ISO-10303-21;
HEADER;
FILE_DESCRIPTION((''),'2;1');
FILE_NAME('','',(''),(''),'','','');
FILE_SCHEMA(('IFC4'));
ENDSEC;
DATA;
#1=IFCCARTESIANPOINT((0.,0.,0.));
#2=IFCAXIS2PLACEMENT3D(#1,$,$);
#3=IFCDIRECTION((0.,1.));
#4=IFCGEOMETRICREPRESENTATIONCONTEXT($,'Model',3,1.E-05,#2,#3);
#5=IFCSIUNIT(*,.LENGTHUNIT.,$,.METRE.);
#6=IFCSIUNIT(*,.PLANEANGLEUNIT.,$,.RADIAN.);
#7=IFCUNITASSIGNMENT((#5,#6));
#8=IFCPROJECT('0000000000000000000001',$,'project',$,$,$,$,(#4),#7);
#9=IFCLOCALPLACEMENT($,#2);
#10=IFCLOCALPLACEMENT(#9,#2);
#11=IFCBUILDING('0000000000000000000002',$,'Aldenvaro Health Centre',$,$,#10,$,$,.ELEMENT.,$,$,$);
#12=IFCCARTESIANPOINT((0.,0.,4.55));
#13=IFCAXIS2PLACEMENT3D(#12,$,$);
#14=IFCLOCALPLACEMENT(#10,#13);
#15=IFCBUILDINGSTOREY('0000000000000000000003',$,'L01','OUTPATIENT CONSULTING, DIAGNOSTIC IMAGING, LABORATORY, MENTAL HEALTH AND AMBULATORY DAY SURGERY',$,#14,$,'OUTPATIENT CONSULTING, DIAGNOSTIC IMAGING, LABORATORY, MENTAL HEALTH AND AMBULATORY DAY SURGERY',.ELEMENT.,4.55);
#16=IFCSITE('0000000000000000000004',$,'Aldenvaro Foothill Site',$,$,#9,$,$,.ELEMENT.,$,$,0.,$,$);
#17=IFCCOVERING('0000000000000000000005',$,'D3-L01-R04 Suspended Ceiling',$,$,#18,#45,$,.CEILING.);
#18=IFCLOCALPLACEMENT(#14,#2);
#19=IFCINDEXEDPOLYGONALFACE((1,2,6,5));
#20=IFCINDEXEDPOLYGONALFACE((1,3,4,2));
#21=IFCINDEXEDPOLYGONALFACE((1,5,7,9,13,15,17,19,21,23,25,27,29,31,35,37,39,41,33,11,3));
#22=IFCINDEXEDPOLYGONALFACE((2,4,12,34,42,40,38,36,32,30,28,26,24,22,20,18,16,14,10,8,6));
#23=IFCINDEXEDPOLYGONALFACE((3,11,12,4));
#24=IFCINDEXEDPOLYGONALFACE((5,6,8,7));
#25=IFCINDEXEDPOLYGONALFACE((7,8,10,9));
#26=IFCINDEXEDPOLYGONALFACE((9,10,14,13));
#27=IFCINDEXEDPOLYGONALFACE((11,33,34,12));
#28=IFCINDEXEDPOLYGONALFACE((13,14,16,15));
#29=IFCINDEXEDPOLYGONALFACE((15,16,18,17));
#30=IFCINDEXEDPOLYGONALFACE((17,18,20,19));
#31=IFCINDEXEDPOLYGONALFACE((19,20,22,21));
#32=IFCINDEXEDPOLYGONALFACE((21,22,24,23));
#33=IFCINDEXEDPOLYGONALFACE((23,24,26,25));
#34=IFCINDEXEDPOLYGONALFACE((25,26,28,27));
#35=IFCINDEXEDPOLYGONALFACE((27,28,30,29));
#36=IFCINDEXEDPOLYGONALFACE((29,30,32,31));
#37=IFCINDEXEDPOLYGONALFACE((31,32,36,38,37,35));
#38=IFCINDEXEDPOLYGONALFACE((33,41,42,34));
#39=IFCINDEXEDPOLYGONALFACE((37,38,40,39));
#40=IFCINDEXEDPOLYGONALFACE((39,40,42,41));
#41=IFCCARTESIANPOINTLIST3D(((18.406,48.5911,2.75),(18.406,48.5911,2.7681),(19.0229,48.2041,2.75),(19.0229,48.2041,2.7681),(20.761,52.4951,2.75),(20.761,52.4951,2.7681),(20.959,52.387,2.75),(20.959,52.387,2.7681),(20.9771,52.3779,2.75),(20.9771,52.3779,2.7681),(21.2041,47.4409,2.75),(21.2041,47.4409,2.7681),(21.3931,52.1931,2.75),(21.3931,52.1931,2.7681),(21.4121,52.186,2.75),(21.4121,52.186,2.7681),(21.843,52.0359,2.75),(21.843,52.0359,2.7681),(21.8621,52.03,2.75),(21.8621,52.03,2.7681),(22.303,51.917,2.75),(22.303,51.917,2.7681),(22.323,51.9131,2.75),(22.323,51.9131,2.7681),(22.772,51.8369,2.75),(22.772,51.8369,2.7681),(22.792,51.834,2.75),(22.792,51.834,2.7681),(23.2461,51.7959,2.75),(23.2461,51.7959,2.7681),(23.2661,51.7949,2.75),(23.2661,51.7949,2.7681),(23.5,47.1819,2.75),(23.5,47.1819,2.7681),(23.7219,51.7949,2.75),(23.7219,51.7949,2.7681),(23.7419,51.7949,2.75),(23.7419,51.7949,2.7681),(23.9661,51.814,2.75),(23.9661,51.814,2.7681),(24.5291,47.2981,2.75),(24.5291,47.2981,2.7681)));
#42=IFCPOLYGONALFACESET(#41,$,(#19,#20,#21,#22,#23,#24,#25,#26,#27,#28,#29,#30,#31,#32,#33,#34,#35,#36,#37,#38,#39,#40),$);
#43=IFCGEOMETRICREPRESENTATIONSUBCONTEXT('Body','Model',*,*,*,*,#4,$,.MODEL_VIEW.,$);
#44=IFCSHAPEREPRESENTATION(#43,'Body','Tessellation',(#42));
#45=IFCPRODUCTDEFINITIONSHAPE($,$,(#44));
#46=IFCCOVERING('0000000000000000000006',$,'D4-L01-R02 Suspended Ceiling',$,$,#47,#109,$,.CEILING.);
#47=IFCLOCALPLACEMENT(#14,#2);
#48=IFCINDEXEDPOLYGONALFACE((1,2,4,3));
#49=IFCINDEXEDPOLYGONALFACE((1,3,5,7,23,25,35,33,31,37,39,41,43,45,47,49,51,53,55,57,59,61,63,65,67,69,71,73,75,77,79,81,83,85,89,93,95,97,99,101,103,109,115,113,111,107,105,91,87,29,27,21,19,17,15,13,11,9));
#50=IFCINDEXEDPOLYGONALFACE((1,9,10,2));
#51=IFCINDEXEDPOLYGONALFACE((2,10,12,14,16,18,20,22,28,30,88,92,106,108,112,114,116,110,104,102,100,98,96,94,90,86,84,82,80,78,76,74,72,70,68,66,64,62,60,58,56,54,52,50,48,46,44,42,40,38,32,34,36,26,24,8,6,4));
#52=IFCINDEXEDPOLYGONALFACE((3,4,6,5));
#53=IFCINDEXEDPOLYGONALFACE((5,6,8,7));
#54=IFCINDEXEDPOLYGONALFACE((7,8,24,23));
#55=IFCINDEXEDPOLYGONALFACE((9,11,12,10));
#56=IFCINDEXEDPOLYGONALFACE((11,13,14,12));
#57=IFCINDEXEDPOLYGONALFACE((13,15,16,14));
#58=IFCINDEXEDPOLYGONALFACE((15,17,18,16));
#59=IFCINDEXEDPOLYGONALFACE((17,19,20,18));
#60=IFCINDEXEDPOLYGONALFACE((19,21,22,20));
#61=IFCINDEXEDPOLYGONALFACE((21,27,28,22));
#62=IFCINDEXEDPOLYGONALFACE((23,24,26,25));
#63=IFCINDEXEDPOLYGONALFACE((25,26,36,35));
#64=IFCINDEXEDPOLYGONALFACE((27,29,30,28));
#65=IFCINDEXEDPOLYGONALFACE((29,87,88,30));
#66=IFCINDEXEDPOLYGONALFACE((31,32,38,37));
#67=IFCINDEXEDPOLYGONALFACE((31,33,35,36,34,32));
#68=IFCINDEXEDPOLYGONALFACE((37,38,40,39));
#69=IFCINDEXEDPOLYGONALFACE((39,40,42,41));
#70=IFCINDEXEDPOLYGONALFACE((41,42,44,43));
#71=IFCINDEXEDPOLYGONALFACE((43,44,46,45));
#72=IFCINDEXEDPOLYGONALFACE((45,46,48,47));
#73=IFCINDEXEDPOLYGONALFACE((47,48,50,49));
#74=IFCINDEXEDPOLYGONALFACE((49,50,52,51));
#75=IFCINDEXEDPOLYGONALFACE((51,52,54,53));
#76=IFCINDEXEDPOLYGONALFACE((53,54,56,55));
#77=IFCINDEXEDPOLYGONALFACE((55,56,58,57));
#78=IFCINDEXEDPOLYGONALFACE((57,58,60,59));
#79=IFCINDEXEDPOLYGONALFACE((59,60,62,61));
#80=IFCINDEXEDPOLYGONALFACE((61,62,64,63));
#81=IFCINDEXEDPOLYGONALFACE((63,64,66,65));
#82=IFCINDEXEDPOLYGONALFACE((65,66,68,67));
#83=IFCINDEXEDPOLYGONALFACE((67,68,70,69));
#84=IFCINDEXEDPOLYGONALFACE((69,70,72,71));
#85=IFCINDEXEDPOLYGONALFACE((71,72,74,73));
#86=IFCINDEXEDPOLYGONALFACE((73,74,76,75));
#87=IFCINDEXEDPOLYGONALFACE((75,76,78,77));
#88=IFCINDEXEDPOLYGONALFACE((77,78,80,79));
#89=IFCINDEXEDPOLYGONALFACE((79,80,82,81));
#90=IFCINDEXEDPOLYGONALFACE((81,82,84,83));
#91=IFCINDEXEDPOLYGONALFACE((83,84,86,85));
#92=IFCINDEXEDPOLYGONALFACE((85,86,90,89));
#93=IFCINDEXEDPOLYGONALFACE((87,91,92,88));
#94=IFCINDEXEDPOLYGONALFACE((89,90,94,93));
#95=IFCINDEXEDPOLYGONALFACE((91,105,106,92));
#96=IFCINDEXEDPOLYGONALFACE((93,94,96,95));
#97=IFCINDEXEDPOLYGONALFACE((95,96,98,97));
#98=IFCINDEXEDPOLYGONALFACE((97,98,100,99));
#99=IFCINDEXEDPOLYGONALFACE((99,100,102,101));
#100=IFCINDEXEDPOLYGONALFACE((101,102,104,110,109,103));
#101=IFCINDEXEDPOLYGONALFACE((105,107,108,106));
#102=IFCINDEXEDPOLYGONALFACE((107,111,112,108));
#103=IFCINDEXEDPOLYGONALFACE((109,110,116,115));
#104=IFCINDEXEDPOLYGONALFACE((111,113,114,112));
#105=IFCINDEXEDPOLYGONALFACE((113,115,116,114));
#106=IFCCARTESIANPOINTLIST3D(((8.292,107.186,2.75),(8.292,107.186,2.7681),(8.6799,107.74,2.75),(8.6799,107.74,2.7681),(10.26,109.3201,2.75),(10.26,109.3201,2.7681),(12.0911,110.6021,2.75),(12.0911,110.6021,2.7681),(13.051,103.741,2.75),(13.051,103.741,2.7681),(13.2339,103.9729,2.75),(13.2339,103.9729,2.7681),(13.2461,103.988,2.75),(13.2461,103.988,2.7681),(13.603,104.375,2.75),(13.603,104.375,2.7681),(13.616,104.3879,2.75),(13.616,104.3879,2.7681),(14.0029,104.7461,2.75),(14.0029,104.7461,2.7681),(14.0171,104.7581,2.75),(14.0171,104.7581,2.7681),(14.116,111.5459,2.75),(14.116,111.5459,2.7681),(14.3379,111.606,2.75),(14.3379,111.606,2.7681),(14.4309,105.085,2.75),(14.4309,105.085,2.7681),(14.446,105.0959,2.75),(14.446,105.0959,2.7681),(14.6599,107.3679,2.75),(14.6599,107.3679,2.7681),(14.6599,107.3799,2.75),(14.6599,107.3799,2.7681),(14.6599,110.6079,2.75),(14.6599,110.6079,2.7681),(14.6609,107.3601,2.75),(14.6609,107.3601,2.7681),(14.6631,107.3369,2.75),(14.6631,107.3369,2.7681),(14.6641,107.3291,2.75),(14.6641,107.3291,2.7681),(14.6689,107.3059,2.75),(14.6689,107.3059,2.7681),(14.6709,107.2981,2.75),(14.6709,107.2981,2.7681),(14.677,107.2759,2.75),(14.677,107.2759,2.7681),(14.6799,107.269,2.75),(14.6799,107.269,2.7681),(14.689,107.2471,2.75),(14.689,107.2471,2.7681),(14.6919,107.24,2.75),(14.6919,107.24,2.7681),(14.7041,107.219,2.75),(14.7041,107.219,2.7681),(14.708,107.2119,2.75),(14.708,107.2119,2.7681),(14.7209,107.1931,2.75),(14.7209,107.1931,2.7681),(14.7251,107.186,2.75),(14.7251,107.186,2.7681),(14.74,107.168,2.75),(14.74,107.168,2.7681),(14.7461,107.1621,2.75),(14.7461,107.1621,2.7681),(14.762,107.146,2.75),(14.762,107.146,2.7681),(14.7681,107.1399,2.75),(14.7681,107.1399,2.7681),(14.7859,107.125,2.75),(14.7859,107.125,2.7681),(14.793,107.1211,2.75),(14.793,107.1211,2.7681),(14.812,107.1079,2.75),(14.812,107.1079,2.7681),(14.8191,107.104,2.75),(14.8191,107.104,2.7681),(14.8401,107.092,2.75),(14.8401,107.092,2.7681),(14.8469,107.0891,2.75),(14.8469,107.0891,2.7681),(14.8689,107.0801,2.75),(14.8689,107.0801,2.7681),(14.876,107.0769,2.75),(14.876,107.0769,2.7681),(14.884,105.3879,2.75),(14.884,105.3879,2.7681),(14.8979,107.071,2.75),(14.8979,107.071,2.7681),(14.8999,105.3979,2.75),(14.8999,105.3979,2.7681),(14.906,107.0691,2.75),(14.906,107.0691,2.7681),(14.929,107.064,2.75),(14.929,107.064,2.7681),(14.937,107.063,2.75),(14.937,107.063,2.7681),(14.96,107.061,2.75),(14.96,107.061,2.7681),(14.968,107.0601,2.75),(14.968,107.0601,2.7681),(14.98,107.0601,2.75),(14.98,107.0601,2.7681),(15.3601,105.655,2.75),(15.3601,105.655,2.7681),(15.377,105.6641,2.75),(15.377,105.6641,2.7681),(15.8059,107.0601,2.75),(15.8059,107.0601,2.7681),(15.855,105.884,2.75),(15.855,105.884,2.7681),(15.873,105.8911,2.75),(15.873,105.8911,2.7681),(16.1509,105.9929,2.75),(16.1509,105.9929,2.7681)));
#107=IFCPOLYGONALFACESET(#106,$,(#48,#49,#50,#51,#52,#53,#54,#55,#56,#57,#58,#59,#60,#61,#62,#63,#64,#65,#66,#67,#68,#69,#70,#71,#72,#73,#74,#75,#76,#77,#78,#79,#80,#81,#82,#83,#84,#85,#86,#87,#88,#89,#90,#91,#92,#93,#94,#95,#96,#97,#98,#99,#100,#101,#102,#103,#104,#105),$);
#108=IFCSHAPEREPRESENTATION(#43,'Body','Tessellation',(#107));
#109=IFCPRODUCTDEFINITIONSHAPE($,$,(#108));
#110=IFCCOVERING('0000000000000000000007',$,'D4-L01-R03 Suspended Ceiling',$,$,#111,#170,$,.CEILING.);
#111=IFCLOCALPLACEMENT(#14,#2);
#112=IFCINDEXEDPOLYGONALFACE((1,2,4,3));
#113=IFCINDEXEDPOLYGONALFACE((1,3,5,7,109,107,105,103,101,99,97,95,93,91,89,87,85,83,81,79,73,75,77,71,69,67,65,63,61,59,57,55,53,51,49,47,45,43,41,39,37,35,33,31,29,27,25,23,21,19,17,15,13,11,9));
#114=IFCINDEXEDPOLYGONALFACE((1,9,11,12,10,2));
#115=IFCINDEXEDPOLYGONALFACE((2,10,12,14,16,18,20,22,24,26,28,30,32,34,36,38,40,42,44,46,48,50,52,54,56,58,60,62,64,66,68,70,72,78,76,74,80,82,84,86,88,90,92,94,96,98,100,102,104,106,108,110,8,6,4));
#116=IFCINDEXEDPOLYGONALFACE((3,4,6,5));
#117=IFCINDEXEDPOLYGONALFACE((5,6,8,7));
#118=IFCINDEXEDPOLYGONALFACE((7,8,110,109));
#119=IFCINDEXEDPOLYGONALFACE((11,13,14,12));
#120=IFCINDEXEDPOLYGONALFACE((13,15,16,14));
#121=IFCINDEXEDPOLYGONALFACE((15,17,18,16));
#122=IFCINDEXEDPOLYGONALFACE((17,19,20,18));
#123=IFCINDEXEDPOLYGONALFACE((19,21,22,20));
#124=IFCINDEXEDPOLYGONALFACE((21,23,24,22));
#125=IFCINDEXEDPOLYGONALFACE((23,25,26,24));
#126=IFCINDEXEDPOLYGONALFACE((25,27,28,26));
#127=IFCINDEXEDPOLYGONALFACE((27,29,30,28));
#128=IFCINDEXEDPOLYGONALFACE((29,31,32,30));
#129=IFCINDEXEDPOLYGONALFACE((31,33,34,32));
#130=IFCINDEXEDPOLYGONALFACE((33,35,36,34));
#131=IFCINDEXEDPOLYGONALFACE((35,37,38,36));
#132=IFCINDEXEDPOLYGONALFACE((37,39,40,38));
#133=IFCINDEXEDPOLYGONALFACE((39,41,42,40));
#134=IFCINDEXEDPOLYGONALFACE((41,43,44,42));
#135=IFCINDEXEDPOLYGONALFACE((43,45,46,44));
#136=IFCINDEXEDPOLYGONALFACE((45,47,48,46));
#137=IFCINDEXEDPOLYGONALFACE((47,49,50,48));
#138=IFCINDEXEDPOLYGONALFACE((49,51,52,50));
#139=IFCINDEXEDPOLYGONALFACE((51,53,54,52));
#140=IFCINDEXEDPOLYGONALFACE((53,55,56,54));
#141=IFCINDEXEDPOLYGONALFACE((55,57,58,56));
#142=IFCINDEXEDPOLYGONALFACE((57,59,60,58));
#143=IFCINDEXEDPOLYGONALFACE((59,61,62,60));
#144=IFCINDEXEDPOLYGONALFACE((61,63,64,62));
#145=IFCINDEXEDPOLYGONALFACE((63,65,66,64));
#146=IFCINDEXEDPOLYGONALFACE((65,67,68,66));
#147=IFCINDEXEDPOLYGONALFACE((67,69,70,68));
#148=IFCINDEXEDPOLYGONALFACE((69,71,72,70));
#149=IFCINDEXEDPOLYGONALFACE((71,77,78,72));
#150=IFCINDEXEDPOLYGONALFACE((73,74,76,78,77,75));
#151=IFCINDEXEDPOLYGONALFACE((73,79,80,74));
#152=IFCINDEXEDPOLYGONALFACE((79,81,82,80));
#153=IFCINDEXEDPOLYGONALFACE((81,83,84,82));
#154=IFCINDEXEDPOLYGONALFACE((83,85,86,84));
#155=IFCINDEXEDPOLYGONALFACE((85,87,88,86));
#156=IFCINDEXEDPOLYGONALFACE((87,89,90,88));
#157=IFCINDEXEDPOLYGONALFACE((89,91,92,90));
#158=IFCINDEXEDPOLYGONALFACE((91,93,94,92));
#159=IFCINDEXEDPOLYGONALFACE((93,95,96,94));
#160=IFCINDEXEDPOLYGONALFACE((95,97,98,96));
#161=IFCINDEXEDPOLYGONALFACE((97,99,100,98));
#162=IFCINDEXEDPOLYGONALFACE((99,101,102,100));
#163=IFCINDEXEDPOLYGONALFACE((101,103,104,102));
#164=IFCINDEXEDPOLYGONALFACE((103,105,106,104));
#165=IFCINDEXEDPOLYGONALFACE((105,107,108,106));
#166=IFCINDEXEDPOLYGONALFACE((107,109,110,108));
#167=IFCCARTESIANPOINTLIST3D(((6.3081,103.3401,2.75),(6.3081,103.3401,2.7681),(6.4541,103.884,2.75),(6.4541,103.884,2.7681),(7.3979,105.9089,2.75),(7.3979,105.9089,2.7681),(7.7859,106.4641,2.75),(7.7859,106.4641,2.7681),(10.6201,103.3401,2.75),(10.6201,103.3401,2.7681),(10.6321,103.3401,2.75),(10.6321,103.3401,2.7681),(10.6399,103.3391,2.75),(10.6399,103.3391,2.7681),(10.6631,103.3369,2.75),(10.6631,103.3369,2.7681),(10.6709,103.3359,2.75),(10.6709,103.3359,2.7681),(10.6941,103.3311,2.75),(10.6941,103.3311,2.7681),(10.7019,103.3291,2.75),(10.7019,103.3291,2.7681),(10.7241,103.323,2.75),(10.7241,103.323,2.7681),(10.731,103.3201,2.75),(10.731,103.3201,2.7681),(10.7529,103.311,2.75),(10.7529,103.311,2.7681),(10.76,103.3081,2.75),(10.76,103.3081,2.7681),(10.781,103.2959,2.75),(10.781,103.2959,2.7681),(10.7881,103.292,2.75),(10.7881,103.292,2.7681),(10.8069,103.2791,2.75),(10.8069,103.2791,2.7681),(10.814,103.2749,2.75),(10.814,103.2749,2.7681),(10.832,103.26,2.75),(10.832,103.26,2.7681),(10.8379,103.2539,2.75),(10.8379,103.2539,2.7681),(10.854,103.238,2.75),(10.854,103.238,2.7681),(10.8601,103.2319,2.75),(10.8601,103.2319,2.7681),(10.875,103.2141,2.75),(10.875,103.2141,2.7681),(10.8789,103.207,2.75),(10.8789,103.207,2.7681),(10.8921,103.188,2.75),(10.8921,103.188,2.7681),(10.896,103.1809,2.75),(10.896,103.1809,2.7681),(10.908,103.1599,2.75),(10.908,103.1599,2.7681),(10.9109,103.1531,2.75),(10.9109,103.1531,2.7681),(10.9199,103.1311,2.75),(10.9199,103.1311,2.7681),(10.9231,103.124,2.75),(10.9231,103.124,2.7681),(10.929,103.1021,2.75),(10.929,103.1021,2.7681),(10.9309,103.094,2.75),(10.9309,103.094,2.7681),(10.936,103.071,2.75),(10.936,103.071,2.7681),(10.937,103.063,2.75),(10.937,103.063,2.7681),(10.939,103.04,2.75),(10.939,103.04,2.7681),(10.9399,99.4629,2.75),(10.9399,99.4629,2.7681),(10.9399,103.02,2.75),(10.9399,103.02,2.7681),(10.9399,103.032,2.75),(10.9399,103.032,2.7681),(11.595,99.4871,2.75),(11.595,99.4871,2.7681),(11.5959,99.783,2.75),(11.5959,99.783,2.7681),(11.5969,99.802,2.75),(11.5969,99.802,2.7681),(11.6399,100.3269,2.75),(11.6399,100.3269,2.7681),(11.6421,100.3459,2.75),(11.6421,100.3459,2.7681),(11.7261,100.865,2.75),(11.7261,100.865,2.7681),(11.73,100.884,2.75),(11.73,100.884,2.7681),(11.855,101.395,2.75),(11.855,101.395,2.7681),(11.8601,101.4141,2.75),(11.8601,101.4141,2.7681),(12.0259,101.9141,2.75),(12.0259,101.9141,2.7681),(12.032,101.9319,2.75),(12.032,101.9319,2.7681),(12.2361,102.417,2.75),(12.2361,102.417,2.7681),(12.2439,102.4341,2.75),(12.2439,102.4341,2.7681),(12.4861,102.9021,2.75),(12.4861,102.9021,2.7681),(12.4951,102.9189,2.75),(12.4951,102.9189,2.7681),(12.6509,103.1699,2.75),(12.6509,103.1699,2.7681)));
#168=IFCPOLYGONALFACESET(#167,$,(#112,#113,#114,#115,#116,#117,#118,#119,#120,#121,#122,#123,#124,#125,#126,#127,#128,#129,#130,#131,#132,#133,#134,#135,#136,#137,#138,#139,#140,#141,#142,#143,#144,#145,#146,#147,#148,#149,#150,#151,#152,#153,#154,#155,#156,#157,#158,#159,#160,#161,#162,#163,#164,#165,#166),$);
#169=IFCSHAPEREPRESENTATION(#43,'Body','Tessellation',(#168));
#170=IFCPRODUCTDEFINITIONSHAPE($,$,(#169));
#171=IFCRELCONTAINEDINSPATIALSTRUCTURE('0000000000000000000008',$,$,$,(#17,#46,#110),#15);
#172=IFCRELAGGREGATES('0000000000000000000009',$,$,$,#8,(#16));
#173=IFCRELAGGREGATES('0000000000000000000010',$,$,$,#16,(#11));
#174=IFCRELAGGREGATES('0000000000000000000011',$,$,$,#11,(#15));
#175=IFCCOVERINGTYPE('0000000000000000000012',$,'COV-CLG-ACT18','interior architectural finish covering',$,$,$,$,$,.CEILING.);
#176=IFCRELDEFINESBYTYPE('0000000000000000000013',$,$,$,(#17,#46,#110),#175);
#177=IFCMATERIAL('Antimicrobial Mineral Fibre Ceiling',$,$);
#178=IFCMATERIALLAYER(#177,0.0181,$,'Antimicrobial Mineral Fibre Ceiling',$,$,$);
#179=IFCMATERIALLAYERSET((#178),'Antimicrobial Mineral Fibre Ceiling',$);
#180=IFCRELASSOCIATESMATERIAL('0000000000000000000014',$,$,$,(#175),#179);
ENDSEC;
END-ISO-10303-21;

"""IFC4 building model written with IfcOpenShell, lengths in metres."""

from ifc_helpers import new_model, si_unit, direction, frame, origin, place, context, subcontext, project, spatial, polyline, outline, extrude, material, layer, layer_set, type_object, element, save


model = new_model("IFC4")

# Units and contexts
model_context = context("Model", 3, precision=1e-05, world=origin(), true_north=direction((0.0, 1.0)))
body_context = subcontext(model_context, "Body", "Model", "MODEL_VIEW")
ifc_project = project(units=[si_unit("LENGTHUNIT", "METRE"), si_unit("PLANEANGLEUNIT", "RADIAN")], contexts=[model_context])

# Site, building, storey
site_placement = place(None, origin())
site = spatial("IfcSite", under=ifc_project, at=site_placement, Name="Aldenvaro Foothill Site", CompositionType="ELEMENT", RefElevation=0.0)
building_placement = place(site_placement, origin())
building = spatial("IfcBuilding", under=site, at=building_placement, Name="Aldenvaro Health Centre", CompositionType="ELEMENT")
storey_placement = place(building_placement, frame((0.0, 0.0, 4.55)))
storey = spatial("IfcBuildingStorey", under=building, at=storey_placement, Name="L01", Description="OUTPATIENT CONSULTING, DIAGNOSTIC IMAGING, LABORATORY, MENTAL HEALTH AND AMBULATORY DAY SURGERY", LongName="OUTPATIENT CONSULTING, DIAGNOSTIC IMAGING, LABORATORY, MENTAL HEALTH AND AMBULATORY DAY SURGERY", CompositionType="ELEMENT", Elevation=4.55)

# Coverings
ifc_material_1 = material(Name="Antimicrobial Mineral Fibre Ceiling")
ifc_layer_1 = layer(ifc_material_1, 0.0181, Name="Antimicrobial Mineral Fibre Ceiling")
ifc_layer_set_1 = layer_set([ifc_layer_1], Name="Antimicrobial Mineral Fibre Ceiling")
covering_type_1 = type_object("IfcCoveringType", Name="COV-CLG-ACT18", Description="interior architectural finish covering", PredefinedType="CEILING", material=ifc_layer_set_1)
covering_1_placement = place(storey_placement, frame((0.0, 0.0, 2.75)))
element("IfcCovering", 1, at=covering_1_placement, inside=storey, type_object=covering_type_1, Name="D3-L01-R04 Suspended Ceiling", PredefinedType="CEILING", context=body_context, shape_type="SweptSolid", body=[
    extrude(outline(polyline([(20.959, 52.387), (20.9771, 52.3779), (21.3931, 52.1931), (21.4121, 52.186), (21.843, 52.0359), (21.8621, 52.03), (22.303, 51.917), (22.323, 51.9131), (22.772, 51.8369), (22.792, 51.834), (23.2461, 51.7959), (23.2661, 51.7949), (23.7219, 51.7949), (23.7419, 51.7949), (23.9661, 51.814), (24.5291, 47.2981), (23.5, 47.1819), (21.2041, 47.4409), (19.0229, 48.2041), (18.406, 48.5911), (20.761, 52.4951), (20.959, 52.387)])), origin(), (0.0, 0.0, 1.0), 0.0181),
])
covering_2_placement = place(storey_placement, frame((0.0, 0.0, 2.75)))
element("IfcCovering", 2, at=covering_2_placement, inside=storey, type_object=covering_type_1, Name="D4-L01-R02 Suspended Ceiling", PredefinedType="CEILING", context=body_context, shape_type="SweptSolid", body=[
    extrude(outline(polyline([(15.873, 105.8911), (15.855, 105.884), (15.377, 105.6641), (15.3601, 105.655), (14.8999, 105.3979), (14.884, 105.3879), (14.446, 105.0959), (14.4309, 105.085), (14.0171, 104.7581), (14.0029, 104.7461), (13.616, 104.3879), (13.603, 104.375), (13.2461, 103.988), (13.2339, 103.9729), (13.051, 103.741), (8.292, 107.186), (8.6799, 107.74), (10.26, 109.3201), (12.0911, 110.6021), (14.116, 111.5459), (14.3379, 111.606), (14.6599, 110.6079), (14.6599, 107.3799), (14.6599, 107.3679), (14.6609, 107.3601), (14.6631, 107.3369), (14.6641, 107.3291), (14.6689, 107.3059), (14.6709, 107.2981), (14.677, 107.2759), (14.6799, 107.269), (14.689, 107.2471), (14.6919, 107.24), (14.7041, 107.219), (14.708, 107.2119), (14.7209, 107.1931), (14.7251, 107.186), (14.74, 107.168), (14.7461, 107.1621), (14.762, 107.146), (14.7681, 107.1399), (14.7859, 107.125), (14.793, 107.1211), (14.812, 107.1079), (14.8191, 107.104), (14.8401, 107.092), (14.8469, 107.0891), (14.8689, 107.0801), (14.876, 107.0769), (14.8979, 107.071), (14.906, 107.0691), (14.929, 107.064), (14.937, 107.063), (14.96, 107.061), (14.968, 107.0601), (14.98, 107.0601), (15.8059, 107.0601), (16.1509, 105.9929), (15.873, 105.8911)])), origin(), (0.0, 0.0, 1.0), 0.0181),
])
covering_3_placement = place(storey_placement, frame((0.0, 0.0, 2.75)))
element("IfcCovering", 3, at=covering_3_placement, inside=storey, type_object=covering_type_1, Name="D4-L01-R03 Suspended Ceiling", PredefinedType="CEILING", context=body_context, shape_type="SweptSolid", body=[
    extrude(outline(polyline([(12.4951, 102.9189), (12.4861, 102.9021), (12.2439, 102.4341), (12.2361, 102.417), (12.032, 101.9319), (12.0259, 101.9141), (11.8601, 101.4141), (11.855, 101.395), (11.73, 100.884), (11.7261, 100.865), (11.6421, 100.3459), (11.6399, 100.3269), (11.5969, 99.802), (11.5959, 99.783), (11.595, 99.4871), (10.9399, 99.4629), (10.9399, 103.02), (10.9399, 103.032), (10.939, 103.04), (10.937, 103.063), (10.936, 103.071), (10.9309, 103.094), (10.929, 103.1021), (10.9231, 103.124), (10.9199, 103.1311), (10.9109, 103.1531), (10.908, 103.1599), (10.896, 103.1809), (10.8921, 103.188), (10.8789, 103.207), (10.875, 103.2141), (10.8601, 103.2319), (10.854, 103.238), (10.8379, 103.2539), (10.832, 103.26), (10.814, 103.2749), (10.8069, 103.2791), (10.7881, 103.292), (10.781, 103.2959), (10.76, 103.3081), (10.7529, 103.311), (10.731, 103.3201), (10.7241, 103.323), (10.7019, 103.3291), (10.6941, 103.3311), (10.6709, 103.3359), (10.6631, 103.3369), (10.6399, 103.3391), (10.6321, 103.3401), (10.6201, 103.3401), (6.3081, 103.3401), (6.4541, 103.884), (7.3979, 105.9089), (7.7859, 106.4641), (12.6509, 103.1699), (12.4951, 102.9189)])), origin(), (0.0, 0.0, 1.0), 0.0181),
])

save(model, "model.ifc")
